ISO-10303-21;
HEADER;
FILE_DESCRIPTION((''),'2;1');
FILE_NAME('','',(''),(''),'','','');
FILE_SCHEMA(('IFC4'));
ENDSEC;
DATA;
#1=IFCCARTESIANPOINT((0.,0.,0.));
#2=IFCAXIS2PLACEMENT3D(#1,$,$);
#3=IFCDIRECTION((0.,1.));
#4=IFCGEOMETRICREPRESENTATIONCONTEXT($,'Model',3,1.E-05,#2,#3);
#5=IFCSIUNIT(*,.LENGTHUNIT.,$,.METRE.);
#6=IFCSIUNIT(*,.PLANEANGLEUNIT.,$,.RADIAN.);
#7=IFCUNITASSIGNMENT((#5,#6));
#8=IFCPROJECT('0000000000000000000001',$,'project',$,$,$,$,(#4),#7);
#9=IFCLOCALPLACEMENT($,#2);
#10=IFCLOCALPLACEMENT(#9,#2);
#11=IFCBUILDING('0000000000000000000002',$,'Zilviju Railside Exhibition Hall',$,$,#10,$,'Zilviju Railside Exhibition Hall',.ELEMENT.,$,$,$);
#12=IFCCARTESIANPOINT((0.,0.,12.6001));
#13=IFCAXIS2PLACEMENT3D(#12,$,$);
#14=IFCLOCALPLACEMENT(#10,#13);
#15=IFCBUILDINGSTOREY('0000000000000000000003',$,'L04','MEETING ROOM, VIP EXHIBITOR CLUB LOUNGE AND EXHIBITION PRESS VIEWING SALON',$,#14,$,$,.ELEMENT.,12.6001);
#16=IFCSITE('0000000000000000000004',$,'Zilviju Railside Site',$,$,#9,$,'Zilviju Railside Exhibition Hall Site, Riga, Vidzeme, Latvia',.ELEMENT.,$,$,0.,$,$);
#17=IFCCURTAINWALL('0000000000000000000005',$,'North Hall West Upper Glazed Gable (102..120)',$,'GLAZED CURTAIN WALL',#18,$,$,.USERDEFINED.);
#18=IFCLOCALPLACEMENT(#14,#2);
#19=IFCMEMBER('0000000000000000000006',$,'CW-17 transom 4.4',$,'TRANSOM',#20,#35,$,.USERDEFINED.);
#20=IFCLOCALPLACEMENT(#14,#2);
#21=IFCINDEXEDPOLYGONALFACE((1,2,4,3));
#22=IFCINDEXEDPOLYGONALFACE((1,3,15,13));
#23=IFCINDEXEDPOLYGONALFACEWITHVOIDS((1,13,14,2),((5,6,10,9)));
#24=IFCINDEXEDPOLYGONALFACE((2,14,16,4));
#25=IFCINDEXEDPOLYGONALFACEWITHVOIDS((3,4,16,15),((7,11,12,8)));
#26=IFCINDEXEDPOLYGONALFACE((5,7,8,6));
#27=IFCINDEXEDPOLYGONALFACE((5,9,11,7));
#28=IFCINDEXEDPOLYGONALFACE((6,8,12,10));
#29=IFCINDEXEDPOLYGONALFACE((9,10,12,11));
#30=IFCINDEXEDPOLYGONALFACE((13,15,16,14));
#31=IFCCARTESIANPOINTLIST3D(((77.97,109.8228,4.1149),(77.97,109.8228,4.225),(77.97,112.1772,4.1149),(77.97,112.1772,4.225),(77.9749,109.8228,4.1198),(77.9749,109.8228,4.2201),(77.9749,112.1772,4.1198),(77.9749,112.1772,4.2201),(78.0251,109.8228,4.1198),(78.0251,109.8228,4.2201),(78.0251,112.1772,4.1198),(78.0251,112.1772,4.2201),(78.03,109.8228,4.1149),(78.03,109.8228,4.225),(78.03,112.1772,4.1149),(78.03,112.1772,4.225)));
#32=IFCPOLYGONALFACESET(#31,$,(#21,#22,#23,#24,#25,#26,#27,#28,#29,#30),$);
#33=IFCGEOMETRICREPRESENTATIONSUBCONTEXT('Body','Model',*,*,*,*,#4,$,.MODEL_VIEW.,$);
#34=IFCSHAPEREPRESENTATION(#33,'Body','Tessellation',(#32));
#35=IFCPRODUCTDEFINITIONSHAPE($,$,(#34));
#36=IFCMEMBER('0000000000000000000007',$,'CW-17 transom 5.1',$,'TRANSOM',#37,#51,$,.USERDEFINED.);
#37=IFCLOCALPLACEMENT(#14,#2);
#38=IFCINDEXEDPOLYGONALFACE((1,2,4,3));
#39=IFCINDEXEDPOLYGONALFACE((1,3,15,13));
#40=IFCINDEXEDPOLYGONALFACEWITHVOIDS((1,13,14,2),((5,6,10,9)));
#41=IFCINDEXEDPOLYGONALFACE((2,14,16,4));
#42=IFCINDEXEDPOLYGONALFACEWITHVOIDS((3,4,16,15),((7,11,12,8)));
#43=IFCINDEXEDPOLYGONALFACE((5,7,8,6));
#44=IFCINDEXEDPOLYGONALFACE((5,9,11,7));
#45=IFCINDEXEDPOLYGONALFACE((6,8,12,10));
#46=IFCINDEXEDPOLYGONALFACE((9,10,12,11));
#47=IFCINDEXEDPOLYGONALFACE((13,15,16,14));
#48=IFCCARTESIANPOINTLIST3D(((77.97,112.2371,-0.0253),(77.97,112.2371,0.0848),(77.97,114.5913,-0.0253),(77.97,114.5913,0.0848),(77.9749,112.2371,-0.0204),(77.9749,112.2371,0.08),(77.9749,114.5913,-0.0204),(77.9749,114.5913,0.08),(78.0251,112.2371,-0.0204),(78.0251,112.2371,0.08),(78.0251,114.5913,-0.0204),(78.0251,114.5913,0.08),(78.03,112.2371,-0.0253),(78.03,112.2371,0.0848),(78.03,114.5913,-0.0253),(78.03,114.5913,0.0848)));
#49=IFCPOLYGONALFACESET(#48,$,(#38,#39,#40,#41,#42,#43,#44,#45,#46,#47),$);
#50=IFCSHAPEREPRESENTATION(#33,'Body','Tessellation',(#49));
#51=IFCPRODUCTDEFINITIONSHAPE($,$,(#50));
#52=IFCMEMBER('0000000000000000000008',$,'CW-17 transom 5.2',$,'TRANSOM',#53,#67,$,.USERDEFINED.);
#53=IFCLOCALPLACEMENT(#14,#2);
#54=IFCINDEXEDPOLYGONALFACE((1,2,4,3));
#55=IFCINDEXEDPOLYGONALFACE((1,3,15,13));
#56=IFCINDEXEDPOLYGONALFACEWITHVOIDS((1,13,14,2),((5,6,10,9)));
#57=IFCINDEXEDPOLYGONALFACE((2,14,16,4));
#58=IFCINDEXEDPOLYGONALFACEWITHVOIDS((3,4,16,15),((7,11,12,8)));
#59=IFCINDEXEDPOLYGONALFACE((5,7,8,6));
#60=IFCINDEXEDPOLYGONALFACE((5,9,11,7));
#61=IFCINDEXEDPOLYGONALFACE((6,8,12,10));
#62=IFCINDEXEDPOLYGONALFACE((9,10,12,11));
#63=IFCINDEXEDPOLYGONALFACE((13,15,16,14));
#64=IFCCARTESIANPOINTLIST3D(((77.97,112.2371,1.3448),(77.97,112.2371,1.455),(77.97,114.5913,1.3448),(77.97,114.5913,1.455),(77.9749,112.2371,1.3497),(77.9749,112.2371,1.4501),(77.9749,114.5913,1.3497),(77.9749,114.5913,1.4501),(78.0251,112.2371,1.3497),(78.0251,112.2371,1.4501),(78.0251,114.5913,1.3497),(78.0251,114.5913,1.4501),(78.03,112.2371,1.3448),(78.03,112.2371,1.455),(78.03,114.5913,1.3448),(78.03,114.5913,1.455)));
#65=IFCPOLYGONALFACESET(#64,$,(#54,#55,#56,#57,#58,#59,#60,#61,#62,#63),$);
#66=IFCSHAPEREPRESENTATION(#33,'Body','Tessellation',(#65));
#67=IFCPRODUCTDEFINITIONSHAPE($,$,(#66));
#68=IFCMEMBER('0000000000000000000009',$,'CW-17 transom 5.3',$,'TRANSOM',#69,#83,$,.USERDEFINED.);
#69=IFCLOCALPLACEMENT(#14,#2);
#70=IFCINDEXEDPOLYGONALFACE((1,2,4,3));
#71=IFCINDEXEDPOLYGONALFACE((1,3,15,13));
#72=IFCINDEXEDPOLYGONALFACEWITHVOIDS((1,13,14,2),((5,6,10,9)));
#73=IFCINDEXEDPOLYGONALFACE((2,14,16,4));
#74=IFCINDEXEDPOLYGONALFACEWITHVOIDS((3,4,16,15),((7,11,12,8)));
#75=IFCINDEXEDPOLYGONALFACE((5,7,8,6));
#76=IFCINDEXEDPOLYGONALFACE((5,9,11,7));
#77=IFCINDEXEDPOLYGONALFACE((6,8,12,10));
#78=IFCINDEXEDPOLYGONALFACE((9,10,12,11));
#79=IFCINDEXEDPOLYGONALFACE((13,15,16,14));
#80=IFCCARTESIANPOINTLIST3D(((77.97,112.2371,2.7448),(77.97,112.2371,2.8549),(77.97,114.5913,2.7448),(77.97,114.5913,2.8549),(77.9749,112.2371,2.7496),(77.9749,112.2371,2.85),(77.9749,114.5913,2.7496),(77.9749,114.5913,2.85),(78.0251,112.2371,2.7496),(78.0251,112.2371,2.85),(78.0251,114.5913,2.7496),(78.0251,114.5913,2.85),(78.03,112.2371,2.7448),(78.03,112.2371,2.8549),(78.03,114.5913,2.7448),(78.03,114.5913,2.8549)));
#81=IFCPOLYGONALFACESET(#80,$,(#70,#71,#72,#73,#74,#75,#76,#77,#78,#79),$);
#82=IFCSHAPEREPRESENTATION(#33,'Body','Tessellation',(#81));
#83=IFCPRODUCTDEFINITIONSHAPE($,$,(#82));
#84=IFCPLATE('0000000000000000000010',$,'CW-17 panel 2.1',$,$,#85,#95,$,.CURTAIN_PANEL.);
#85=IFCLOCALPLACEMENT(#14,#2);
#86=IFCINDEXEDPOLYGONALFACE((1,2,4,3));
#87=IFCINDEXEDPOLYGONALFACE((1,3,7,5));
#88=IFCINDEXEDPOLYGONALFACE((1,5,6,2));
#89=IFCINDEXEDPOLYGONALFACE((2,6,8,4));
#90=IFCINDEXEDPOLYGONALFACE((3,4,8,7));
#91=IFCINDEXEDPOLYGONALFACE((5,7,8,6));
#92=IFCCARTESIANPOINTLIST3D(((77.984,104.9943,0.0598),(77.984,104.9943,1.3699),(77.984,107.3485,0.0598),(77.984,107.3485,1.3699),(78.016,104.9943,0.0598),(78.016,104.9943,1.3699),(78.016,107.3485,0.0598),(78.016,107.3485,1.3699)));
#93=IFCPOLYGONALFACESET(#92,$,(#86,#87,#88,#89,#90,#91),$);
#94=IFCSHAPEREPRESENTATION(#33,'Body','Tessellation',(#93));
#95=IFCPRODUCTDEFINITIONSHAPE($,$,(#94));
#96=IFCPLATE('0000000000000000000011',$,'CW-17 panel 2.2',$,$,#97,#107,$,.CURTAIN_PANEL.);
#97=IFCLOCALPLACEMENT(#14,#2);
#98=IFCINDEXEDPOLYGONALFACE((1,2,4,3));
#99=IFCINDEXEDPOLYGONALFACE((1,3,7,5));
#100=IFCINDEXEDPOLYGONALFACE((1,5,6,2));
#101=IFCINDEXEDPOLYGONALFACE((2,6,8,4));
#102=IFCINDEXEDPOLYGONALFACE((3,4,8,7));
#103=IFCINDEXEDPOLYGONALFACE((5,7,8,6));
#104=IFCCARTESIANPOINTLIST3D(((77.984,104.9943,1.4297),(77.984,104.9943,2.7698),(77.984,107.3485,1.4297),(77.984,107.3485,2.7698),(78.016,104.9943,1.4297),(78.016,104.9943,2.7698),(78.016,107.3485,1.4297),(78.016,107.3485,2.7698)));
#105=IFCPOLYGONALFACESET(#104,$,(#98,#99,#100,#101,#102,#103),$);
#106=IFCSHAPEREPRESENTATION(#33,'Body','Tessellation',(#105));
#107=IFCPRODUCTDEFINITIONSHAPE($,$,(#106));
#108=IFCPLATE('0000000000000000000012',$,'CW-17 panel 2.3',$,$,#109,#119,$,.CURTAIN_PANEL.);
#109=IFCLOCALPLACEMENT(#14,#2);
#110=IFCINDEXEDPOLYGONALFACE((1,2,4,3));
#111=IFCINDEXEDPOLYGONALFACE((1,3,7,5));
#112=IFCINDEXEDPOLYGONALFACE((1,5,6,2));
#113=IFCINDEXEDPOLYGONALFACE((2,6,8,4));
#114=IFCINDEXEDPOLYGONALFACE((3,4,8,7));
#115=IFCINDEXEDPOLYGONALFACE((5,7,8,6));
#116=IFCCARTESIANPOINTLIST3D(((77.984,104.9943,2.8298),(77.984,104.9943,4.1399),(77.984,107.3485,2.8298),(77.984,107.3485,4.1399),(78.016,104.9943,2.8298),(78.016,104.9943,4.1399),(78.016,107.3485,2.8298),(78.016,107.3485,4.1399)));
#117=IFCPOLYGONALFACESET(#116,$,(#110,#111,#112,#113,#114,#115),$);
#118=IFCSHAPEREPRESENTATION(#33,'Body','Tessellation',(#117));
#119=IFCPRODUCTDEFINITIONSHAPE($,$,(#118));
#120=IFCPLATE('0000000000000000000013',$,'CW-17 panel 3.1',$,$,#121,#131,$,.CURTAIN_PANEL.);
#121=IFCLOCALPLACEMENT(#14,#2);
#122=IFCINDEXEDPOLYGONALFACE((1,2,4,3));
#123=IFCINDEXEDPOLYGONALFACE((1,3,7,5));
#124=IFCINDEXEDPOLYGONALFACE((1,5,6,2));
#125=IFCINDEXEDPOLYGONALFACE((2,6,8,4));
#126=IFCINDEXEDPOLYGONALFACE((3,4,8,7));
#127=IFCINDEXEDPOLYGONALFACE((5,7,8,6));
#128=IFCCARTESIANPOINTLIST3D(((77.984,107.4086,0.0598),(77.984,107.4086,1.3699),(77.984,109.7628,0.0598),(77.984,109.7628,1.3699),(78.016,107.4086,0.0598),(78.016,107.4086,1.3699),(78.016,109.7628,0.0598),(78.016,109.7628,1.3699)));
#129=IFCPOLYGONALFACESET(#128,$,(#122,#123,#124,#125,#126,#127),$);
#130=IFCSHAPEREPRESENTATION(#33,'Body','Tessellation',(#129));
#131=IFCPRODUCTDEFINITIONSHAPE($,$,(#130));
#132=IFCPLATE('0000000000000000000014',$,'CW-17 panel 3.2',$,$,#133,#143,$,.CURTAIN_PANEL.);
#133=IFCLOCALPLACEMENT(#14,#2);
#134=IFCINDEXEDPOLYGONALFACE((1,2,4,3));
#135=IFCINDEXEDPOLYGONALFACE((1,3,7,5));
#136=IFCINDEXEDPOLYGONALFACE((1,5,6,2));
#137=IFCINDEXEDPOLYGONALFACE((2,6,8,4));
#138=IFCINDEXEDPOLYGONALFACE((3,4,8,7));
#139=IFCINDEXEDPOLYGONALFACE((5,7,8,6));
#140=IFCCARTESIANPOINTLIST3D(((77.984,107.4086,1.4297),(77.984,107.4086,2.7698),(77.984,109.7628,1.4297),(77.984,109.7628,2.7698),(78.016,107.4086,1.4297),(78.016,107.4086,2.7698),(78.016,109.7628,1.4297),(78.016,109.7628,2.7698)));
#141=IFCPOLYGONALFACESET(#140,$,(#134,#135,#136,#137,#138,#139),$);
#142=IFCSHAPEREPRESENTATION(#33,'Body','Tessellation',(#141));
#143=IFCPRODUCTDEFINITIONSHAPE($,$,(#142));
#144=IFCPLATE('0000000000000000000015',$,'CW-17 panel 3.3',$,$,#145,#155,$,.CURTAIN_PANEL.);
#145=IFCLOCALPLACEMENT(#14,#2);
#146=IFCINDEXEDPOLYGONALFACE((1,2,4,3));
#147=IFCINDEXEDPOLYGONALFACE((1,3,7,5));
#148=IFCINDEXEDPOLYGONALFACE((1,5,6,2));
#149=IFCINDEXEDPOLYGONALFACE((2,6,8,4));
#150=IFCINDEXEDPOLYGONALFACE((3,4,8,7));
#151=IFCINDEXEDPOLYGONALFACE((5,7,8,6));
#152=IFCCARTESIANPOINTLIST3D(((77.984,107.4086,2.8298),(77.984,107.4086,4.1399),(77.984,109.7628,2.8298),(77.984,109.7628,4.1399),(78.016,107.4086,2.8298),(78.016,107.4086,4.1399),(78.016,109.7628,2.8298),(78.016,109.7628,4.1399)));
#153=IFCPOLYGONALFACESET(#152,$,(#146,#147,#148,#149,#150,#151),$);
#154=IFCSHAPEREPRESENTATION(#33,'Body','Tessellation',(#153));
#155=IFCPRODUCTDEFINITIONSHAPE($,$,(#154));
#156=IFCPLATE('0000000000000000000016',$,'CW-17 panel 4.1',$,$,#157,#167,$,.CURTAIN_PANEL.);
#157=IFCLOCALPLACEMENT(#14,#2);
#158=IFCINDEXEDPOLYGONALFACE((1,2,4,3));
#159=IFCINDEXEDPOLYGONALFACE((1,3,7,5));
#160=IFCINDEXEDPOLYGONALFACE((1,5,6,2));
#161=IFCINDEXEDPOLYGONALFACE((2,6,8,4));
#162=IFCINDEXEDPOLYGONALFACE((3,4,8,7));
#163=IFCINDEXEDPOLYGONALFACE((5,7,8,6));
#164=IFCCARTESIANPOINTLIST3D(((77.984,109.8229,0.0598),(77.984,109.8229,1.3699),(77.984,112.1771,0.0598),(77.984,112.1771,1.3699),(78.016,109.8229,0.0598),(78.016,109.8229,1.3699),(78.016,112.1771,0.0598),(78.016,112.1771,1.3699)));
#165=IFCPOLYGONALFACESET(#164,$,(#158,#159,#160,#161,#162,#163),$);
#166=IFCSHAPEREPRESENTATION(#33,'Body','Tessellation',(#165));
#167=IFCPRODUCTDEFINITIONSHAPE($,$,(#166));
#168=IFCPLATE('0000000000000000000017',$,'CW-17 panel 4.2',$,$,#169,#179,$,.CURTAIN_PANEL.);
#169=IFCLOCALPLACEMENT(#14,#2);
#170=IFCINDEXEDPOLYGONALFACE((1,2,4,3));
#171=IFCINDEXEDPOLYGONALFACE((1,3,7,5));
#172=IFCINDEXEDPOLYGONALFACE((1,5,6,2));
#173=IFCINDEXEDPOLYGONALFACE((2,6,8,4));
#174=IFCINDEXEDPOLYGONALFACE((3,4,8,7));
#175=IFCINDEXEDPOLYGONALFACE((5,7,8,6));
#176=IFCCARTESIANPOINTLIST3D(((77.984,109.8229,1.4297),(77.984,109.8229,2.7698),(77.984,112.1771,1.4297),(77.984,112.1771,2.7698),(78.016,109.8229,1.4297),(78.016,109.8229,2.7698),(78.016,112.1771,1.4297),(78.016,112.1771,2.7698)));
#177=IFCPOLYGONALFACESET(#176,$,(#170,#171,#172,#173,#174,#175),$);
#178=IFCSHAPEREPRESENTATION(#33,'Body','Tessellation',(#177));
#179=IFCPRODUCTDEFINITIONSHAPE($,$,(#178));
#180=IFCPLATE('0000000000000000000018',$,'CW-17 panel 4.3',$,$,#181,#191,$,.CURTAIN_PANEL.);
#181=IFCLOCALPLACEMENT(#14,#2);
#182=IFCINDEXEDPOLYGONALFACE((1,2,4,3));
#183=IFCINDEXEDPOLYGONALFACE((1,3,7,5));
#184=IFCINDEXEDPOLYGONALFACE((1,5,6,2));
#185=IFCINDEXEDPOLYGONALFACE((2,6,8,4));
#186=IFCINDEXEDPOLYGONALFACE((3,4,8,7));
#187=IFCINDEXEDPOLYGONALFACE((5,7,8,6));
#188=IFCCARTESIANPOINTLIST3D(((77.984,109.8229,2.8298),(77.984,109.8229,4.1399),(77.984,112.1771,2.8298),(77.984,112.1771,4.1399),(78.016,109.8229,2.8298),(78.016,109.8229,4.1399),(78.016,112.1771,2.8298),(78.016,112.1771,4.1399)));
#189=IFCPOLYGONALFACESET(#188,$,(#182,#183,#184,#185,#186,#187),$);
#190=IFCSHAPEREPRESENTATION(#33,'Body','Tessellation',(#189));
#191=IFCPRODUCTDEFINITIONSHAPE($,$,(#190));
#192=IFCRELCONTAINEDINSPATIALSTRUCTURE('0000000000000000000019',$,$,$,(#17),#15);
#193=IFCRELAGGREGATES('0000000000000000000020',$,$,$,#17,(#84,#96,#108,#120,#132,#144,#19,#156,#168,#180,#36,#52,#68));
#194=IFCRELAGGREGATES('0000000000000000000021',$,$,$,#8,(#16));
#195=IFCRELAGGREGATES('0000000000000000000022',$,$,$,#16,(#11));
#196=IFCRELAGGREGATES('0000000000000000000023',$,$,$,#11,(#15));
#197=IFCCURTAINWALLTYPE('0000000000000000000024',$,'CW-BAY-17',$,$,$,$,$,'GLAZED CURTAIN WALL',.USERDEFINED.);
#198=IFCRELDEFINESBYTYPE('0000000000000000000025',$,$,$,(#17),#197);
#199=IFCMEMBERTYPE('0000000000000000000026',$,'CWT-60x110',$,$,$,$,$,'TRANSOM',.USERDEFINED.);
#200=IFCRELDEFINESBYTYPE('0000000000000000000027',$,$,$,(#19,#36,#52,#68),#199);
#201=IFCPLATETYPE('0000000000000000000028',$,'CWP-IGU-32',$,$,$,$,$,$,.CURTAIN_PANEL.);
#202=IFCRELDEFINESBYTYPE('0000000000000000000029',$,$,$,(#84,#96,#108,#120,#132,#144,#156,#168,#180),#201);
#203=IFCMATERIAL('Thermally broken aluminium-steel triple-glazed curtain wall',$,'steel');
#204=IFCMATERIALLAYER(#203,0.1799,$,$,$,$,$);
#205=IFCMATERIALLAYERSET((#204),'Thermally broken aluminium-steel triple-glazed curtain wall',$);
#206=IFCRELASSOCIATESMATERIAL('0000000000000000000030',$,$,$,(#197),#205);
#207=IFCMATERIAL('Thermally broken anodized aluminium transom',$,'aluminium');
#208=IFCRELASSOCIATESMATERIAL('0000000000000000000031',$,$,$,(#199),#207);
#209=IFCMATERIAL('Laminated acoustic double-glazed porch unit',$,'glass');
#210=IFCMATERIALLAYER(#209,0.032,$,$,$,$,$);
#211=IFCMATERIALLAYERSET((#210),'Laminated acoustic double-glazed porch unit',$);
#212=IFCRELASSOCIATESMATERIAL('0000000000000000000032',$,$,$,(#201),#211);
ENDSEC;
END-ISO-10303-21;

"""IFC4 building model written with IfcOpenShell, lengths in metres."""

from ifc_helpers import new_model, si_unit, direction, frame, origin, origin_2d, place, context, subcontext, project, spatial, rectangle, hollow_rectangle, extrude, material, layer, layer_set, material_profile, profile_set, type_object, element, aggregate, save


model = new_model("IFC4")

# Units and contexts
model_context = context("Model", 3, precision=1e-05, world=origin(), true_north=direction((0.0, 1.0)))
body_context = subcontext(model_context, "Body", "Model", "MODEL_VIEW")
ifc_project = project(units=[si_unit("LENGTHUNIT", "METRE"), si_unit("PLANEANGLEUNIT", "RADIAN")], contexts=[model_context])

# Site, building, storey
site_placement = place(None, origin())
site = spatial("IfcSite", under=ifc_project, at=site_placement, Name="Zilviju Railside Site", LongName="Zilviju Railside Exhibition Hall Site, Riga, Vidzeme, Latvia", CompositionType="ELEMENT", RefElevation=0.0)
building_placement = place(site_placement, origin())
building = spatial("IfcBuilding", under=site, at=building_placement, Name="Zilviju Railside Exhibition Hall", LongName="Zilviju Railside Exhibition Hall", CompositionType="ELEMENT")
storey_placement = place(building_placement, frame((0.0, 0.0, 12.6001)))
storey = spatial("IfcBuildingStorey", under=building, at=storey_placement, Name="L04", Description="MEETING ROOM, VIP EXHIBITOR CLUB LOUNGE AND EXHIBITION PRESS VIEWING SALON", CompositionType="ELEMENT", Elevation=12.6001)

# Curtain wall, members, plates
ifc_material_1 = material(Name="Thermally broken aluminium-steel triple-glazed curtain wall", Category="steel")
ifc_layer_1 = layer(ifc_material_1, 0.1799)
ifc_layer_set_1 = layer_set([ifc_layer_1], Name="Thermally broken aluminium-steel triple-glazed curtain wall")
curtain_wall_type = type_object("IfcCurtainWallType", Name="CW-BAY-17", ElementType="GLAZED CURTAIN WALL", PredefinedType="USERDEFINED", material=ifc_layer_set_1)
curtain_wall_placement = place(storey_placement, origin())
curtain_wall = element("IfcCurtainWall", 1, at=curtain_wall_placement, inside=storey, type_object=curtain_wall_type, Name="North Hall West Upper Glazed Gable (102..120)", ObjectType="GLAZED CURTAIN WALL", PredefinedType="USERDEFINED")
ifc_material_2 = material(Name="Thermally broken anodized aluminium transom", Category="aluminium")
ifc_material_profile_1 = material_profile(ifc_material_2, hollow_rectangle(XDim=0.0601, YDim=0.1101, WallThickness=0.0049, at=origin_2d()), Name="TRANSOM 110x60x5")
ifc_profile_set_1 = profile_set([ifc_material_profile_1], Name="Thermally broken anodized aluminium transom")
member_type_1 = type_object("IfcMemberType", Name="CWT-60x110", ElementType="TRANSOM", PredefinedType="USERDEFINED", material=ifc_profile_set_1)
member_1_placement = place(storey_placement, frame((78.0, 109.8228, 4.1699), z_axis=(0.0, 1.0, 0.0), x_axis=(-1.0, 0.0, 0.0)))
member_1 = element("IfcMember", 2, at=member_1_placement, type_object=member_type_1, Name="CW-17 transom 4.4", ObjectType="TRANSOM", PredefinedType="USERDEFINED", context=body_context, shape_type="SweptSolid", body=[
    extrude(hollow_rectangle(XDim=0.0601, YDim=0.1101, WallThickness=0.0049, at=origin_2d()), origin(), (0.0, 0.0, 1.0), 2.3545),
])
member_2_placement = place(storey_placement, frame((78.0, 112.2371, 0.0298), z_axis=(0.0, 1.0, 0.0), x_axis=(-1.0, 0.0, 0.0)))
member_2 = element("IfcMember", 3, at=member_2_placement, type_object=member_type_1, Name="CW-17 transom 5.1", ObjectType="TRANSOM", PredefinedType="USERDEFINED", context=body_context, shape_type="SweptSolid", body=[
    extrude(hollow_rectangle(XDim=0.0601, YDim=0.1101, WallThickness=0.0049, at=origin_2d()), origin(), (0.0, 0.0, 1.0), 2.3542),
])
member_3_placement = place(storey_placement, frame((78.0, 112.2371, 1.3999), z_axis=(0.0, 1.0, 0.0), x_axis=(-1.0, 0.0, 0.0)))
member_3 = element("IfcMember", 4, at=member_3_placement, type_object=member_type_1, Name="CW-17 transom 5.2", ObjectType="TRANSOM", PredefinedType="USERDEFINED", context=body_context, shape_type="SweptSolid", body=[
    extrude(hollow_rectangle(XDim=0.0601, YDim=0.1101, WallThickness=0.0049, at=origin_2d()), origin(), (0.0, 0.0, 1.0), 2.3542),
])
member_4_placement = place(storey_placement, frame((78.0, 112.2371, 2.7998), z_axis=(0.0, 1.0, 0.0), x_axis=(-1.0, 0.0, 0.0)))
member_4 = element("IfcMember", 5, at=member_4_placement, type_object=member_type_1, Name="CW-17 transom 5.3", ObjectType="TRANSOM", PredefinedType="USERDEFINED", context=body_context, shape_type="SweptSolid", body=[
    extrude(hollow_rectangle(XDim=0.0601, YDim=0.1101, WallThickness=0.0049, at=origin_2d()), origin(), (0.0, 0.0, 1.0), 2.3542),
])
ifc_material_3 = material(Name="Laminated acoustic double-glazed porch unit", Category="glass")
ifc_layer_2 = layer(ifc_material_3, 0.032)
ifc_layer_set_2 = layer_set([ifc_layer_2], Name="Laminated acoustic double-glazed porch unit")
plate_type = type_object("IfcPlateType", Name="CWP-IGU-32", PredefinedType="CURTAIN_PANEL", material=ifc_layer_set_2)
plate_1_placement = place(storey_placement, frame((78.0, 106.1714, 0.0598), z_axis=(0.0, 0.0, 1.0), x_axis=(0.0, 1.0, 0.0)))
plate_1 = element("IfcPlate", 6, at=plate_1_placement, type_object=plate_type, Name="CW-17 panel 2.1", PredefinedType="CURTAIN_PANEL", context=body_context, shape_type="SweptSolid", body=[
    extrude(rectangle(XDim=2.3542, YDim=0.032, at=origin_2d()), origin(), (0.0, 0.0, 1.0), 1.3101),
])
plate_2_placement = place(storey_placement, frame((78.0, 106.1714, 1.4297), z_axis=(0.0, 0.0, 1.0), x_axis=(0.0, 1.0, 0.0)))
plate_2 = element("IfcPlate", 7, at=plate_2_placement, type_object=plate_type, Name="CW-17 panel 2.2", PredefinedType="CURTAIN_PANEL", context=body_context, shape_type="SweptSolid", body=[
    extrude(rectangle(XDim=2.3542, YDim=0.032, at=origin_2d()), origin(), (0.0, 0.0, 1.0), 1.3401),
])
plate_3_placement = place(storey_placement, frame((78.0, 106.1714, 2.8298), z_axis=(0.0, 0.0, 1.0), x_axis=(0.0, 1.0, 0.0)))
plate_3 = element("IfcPlate", 8, at=plate_3_placement, type_object=plate_type, Name="CW-17 panel 2.3", PredefinedType="CURTAIN_PANEL", context=body_context, shape_type="SweptSolid", body=[
    extrude(rectangle(XDim=2.3542, YDim=0.032, at=origin_2d()), origin(), (0.0, 0.0, 1.0), 1.3101),
])
plate_4_placement = place(storey_placement, frame((78.0, 108.5857, 0.0598), z_axis=(0.0, 0.0, 1.0), x_axis=(0.0, 1.0, 0.0)))
plate_4 = element("IfcPlate", 9, at=plate_4_placement, type_object=plate_type, Name="CW-17 panel 3.1", PredefinedType="CURTAIN_PANEL", context=body_context, shape_type="SweptSolid", body=[
    extrude(rectangle(XDim=2.3542, YDim=0.032, at=origin_2d()), origin(), (0.0, 0.0, 1.0), 1.3101),
])
plate_5_placement = place(storey_placement, frame((78.0, 108.5857, 1.4297), z_axis=(0.0, 0.0, 1.0), x_axis=(0.0, 1.0, 0.0)))
plate_5 = element("IfcPlate", 10, at=plate_5_placement, type_object=plate_type, Name="CW-17 panel 3.2", PredefinedType="CURTAIN_PANEL", context=body_context, shape_type="SweptSolid", body=[
    extrude(rectangle(XDim=2.3542, YDim=0.032, at=origin_2d()), origin(), (0.0, 0.0, 1.0), 1.3401),
])
plate_6_placement = place(storey_placement, frame((78.0, 108.5857, 2.8298), z_axis=(0.0, 0.0, 1.0), x_axis=(0.0, 1.0, 0.0)))
plate_6 = element("IfcPlate", 11, at=plate_6_placement, type_object=plate_type, Name="CW-17 panel 3.3", PredefinedType="CURTAIN_PANEL", context=body_context, shape_type="SweptSolid", body=[
    extrude(rectangle(XDim=2.3542, YDim=0.032, at=origin_2d()), origin(), (0.0, 0.0, 1.0), 1.3101),
])
plate_7_placement = place(storey_placement, frame((78.0, 111.0, 0.0598), z_axis=(0.0, 0.0, 1.0), x_axis=(0.0, 1.0, 0.0)))
plate_7 = element("IfcPlate", 12, at=plate_7_placement, type_object=plate_type, Name="CW-17 panel 4.1", PredefinedType="CURTAIN_PANEL", context=body_context, shape_type="SweptSolid", body=[
    extrude(rectangle(XDim=2.3542, YDim=0.032, at=origin_2d()), origin(), (0.0, 0.0, 1.0), 1.3101),
])
plate_8_placement = place(storey_placement, frame((78.0, 111.0, 1.4297), z_axis=(0.0, 0.0, 1.0), x_axis=(0.0, 1.0, 0.0)))
plate_8 = element("IfcPlate", 13, at=plate_8_placement, type_object=plate_type, Name="CW-17 panel 4.2", PredefinedType="CURTAIN_PANEL", context=body_context, shape_type="SweptSolid", body=[
    extrude(rectangle(XDim=2.3542, YDim=0.032, at=origin_2d()), origin(), (0.0, 0.0, 1.0), 1.3401),
])
plate_9_placement = place(storey_placement, frame((78.0, 111.0, 2.8298), z_axis=(0.0, 0.0, 1.0), x_axis=(0.0, 1.0, 0.0)))
plate_9 = element("IfcPlate", 14, at=plate_9_placement, type_object=plate_type, Name="CW-17 panel 4.3", PredefinedType="CURTAIN_PANEL", context=body_context, shape_type="SweptSolid", body=[
    extrude(rectangle(XDim=2.3542, YDim=0.032, at=origin_2d()), origin(), (0.0, 0.0, 1.0), 1.3101),
])
aggregate(curtain_wall, [plate_1, plate_2, plate_3, plate_4, plate_5, plate_6, member_1, plate_7, plate_8, plate_9, member_2, member_3, member_4])

save(model, "model.ifc")
